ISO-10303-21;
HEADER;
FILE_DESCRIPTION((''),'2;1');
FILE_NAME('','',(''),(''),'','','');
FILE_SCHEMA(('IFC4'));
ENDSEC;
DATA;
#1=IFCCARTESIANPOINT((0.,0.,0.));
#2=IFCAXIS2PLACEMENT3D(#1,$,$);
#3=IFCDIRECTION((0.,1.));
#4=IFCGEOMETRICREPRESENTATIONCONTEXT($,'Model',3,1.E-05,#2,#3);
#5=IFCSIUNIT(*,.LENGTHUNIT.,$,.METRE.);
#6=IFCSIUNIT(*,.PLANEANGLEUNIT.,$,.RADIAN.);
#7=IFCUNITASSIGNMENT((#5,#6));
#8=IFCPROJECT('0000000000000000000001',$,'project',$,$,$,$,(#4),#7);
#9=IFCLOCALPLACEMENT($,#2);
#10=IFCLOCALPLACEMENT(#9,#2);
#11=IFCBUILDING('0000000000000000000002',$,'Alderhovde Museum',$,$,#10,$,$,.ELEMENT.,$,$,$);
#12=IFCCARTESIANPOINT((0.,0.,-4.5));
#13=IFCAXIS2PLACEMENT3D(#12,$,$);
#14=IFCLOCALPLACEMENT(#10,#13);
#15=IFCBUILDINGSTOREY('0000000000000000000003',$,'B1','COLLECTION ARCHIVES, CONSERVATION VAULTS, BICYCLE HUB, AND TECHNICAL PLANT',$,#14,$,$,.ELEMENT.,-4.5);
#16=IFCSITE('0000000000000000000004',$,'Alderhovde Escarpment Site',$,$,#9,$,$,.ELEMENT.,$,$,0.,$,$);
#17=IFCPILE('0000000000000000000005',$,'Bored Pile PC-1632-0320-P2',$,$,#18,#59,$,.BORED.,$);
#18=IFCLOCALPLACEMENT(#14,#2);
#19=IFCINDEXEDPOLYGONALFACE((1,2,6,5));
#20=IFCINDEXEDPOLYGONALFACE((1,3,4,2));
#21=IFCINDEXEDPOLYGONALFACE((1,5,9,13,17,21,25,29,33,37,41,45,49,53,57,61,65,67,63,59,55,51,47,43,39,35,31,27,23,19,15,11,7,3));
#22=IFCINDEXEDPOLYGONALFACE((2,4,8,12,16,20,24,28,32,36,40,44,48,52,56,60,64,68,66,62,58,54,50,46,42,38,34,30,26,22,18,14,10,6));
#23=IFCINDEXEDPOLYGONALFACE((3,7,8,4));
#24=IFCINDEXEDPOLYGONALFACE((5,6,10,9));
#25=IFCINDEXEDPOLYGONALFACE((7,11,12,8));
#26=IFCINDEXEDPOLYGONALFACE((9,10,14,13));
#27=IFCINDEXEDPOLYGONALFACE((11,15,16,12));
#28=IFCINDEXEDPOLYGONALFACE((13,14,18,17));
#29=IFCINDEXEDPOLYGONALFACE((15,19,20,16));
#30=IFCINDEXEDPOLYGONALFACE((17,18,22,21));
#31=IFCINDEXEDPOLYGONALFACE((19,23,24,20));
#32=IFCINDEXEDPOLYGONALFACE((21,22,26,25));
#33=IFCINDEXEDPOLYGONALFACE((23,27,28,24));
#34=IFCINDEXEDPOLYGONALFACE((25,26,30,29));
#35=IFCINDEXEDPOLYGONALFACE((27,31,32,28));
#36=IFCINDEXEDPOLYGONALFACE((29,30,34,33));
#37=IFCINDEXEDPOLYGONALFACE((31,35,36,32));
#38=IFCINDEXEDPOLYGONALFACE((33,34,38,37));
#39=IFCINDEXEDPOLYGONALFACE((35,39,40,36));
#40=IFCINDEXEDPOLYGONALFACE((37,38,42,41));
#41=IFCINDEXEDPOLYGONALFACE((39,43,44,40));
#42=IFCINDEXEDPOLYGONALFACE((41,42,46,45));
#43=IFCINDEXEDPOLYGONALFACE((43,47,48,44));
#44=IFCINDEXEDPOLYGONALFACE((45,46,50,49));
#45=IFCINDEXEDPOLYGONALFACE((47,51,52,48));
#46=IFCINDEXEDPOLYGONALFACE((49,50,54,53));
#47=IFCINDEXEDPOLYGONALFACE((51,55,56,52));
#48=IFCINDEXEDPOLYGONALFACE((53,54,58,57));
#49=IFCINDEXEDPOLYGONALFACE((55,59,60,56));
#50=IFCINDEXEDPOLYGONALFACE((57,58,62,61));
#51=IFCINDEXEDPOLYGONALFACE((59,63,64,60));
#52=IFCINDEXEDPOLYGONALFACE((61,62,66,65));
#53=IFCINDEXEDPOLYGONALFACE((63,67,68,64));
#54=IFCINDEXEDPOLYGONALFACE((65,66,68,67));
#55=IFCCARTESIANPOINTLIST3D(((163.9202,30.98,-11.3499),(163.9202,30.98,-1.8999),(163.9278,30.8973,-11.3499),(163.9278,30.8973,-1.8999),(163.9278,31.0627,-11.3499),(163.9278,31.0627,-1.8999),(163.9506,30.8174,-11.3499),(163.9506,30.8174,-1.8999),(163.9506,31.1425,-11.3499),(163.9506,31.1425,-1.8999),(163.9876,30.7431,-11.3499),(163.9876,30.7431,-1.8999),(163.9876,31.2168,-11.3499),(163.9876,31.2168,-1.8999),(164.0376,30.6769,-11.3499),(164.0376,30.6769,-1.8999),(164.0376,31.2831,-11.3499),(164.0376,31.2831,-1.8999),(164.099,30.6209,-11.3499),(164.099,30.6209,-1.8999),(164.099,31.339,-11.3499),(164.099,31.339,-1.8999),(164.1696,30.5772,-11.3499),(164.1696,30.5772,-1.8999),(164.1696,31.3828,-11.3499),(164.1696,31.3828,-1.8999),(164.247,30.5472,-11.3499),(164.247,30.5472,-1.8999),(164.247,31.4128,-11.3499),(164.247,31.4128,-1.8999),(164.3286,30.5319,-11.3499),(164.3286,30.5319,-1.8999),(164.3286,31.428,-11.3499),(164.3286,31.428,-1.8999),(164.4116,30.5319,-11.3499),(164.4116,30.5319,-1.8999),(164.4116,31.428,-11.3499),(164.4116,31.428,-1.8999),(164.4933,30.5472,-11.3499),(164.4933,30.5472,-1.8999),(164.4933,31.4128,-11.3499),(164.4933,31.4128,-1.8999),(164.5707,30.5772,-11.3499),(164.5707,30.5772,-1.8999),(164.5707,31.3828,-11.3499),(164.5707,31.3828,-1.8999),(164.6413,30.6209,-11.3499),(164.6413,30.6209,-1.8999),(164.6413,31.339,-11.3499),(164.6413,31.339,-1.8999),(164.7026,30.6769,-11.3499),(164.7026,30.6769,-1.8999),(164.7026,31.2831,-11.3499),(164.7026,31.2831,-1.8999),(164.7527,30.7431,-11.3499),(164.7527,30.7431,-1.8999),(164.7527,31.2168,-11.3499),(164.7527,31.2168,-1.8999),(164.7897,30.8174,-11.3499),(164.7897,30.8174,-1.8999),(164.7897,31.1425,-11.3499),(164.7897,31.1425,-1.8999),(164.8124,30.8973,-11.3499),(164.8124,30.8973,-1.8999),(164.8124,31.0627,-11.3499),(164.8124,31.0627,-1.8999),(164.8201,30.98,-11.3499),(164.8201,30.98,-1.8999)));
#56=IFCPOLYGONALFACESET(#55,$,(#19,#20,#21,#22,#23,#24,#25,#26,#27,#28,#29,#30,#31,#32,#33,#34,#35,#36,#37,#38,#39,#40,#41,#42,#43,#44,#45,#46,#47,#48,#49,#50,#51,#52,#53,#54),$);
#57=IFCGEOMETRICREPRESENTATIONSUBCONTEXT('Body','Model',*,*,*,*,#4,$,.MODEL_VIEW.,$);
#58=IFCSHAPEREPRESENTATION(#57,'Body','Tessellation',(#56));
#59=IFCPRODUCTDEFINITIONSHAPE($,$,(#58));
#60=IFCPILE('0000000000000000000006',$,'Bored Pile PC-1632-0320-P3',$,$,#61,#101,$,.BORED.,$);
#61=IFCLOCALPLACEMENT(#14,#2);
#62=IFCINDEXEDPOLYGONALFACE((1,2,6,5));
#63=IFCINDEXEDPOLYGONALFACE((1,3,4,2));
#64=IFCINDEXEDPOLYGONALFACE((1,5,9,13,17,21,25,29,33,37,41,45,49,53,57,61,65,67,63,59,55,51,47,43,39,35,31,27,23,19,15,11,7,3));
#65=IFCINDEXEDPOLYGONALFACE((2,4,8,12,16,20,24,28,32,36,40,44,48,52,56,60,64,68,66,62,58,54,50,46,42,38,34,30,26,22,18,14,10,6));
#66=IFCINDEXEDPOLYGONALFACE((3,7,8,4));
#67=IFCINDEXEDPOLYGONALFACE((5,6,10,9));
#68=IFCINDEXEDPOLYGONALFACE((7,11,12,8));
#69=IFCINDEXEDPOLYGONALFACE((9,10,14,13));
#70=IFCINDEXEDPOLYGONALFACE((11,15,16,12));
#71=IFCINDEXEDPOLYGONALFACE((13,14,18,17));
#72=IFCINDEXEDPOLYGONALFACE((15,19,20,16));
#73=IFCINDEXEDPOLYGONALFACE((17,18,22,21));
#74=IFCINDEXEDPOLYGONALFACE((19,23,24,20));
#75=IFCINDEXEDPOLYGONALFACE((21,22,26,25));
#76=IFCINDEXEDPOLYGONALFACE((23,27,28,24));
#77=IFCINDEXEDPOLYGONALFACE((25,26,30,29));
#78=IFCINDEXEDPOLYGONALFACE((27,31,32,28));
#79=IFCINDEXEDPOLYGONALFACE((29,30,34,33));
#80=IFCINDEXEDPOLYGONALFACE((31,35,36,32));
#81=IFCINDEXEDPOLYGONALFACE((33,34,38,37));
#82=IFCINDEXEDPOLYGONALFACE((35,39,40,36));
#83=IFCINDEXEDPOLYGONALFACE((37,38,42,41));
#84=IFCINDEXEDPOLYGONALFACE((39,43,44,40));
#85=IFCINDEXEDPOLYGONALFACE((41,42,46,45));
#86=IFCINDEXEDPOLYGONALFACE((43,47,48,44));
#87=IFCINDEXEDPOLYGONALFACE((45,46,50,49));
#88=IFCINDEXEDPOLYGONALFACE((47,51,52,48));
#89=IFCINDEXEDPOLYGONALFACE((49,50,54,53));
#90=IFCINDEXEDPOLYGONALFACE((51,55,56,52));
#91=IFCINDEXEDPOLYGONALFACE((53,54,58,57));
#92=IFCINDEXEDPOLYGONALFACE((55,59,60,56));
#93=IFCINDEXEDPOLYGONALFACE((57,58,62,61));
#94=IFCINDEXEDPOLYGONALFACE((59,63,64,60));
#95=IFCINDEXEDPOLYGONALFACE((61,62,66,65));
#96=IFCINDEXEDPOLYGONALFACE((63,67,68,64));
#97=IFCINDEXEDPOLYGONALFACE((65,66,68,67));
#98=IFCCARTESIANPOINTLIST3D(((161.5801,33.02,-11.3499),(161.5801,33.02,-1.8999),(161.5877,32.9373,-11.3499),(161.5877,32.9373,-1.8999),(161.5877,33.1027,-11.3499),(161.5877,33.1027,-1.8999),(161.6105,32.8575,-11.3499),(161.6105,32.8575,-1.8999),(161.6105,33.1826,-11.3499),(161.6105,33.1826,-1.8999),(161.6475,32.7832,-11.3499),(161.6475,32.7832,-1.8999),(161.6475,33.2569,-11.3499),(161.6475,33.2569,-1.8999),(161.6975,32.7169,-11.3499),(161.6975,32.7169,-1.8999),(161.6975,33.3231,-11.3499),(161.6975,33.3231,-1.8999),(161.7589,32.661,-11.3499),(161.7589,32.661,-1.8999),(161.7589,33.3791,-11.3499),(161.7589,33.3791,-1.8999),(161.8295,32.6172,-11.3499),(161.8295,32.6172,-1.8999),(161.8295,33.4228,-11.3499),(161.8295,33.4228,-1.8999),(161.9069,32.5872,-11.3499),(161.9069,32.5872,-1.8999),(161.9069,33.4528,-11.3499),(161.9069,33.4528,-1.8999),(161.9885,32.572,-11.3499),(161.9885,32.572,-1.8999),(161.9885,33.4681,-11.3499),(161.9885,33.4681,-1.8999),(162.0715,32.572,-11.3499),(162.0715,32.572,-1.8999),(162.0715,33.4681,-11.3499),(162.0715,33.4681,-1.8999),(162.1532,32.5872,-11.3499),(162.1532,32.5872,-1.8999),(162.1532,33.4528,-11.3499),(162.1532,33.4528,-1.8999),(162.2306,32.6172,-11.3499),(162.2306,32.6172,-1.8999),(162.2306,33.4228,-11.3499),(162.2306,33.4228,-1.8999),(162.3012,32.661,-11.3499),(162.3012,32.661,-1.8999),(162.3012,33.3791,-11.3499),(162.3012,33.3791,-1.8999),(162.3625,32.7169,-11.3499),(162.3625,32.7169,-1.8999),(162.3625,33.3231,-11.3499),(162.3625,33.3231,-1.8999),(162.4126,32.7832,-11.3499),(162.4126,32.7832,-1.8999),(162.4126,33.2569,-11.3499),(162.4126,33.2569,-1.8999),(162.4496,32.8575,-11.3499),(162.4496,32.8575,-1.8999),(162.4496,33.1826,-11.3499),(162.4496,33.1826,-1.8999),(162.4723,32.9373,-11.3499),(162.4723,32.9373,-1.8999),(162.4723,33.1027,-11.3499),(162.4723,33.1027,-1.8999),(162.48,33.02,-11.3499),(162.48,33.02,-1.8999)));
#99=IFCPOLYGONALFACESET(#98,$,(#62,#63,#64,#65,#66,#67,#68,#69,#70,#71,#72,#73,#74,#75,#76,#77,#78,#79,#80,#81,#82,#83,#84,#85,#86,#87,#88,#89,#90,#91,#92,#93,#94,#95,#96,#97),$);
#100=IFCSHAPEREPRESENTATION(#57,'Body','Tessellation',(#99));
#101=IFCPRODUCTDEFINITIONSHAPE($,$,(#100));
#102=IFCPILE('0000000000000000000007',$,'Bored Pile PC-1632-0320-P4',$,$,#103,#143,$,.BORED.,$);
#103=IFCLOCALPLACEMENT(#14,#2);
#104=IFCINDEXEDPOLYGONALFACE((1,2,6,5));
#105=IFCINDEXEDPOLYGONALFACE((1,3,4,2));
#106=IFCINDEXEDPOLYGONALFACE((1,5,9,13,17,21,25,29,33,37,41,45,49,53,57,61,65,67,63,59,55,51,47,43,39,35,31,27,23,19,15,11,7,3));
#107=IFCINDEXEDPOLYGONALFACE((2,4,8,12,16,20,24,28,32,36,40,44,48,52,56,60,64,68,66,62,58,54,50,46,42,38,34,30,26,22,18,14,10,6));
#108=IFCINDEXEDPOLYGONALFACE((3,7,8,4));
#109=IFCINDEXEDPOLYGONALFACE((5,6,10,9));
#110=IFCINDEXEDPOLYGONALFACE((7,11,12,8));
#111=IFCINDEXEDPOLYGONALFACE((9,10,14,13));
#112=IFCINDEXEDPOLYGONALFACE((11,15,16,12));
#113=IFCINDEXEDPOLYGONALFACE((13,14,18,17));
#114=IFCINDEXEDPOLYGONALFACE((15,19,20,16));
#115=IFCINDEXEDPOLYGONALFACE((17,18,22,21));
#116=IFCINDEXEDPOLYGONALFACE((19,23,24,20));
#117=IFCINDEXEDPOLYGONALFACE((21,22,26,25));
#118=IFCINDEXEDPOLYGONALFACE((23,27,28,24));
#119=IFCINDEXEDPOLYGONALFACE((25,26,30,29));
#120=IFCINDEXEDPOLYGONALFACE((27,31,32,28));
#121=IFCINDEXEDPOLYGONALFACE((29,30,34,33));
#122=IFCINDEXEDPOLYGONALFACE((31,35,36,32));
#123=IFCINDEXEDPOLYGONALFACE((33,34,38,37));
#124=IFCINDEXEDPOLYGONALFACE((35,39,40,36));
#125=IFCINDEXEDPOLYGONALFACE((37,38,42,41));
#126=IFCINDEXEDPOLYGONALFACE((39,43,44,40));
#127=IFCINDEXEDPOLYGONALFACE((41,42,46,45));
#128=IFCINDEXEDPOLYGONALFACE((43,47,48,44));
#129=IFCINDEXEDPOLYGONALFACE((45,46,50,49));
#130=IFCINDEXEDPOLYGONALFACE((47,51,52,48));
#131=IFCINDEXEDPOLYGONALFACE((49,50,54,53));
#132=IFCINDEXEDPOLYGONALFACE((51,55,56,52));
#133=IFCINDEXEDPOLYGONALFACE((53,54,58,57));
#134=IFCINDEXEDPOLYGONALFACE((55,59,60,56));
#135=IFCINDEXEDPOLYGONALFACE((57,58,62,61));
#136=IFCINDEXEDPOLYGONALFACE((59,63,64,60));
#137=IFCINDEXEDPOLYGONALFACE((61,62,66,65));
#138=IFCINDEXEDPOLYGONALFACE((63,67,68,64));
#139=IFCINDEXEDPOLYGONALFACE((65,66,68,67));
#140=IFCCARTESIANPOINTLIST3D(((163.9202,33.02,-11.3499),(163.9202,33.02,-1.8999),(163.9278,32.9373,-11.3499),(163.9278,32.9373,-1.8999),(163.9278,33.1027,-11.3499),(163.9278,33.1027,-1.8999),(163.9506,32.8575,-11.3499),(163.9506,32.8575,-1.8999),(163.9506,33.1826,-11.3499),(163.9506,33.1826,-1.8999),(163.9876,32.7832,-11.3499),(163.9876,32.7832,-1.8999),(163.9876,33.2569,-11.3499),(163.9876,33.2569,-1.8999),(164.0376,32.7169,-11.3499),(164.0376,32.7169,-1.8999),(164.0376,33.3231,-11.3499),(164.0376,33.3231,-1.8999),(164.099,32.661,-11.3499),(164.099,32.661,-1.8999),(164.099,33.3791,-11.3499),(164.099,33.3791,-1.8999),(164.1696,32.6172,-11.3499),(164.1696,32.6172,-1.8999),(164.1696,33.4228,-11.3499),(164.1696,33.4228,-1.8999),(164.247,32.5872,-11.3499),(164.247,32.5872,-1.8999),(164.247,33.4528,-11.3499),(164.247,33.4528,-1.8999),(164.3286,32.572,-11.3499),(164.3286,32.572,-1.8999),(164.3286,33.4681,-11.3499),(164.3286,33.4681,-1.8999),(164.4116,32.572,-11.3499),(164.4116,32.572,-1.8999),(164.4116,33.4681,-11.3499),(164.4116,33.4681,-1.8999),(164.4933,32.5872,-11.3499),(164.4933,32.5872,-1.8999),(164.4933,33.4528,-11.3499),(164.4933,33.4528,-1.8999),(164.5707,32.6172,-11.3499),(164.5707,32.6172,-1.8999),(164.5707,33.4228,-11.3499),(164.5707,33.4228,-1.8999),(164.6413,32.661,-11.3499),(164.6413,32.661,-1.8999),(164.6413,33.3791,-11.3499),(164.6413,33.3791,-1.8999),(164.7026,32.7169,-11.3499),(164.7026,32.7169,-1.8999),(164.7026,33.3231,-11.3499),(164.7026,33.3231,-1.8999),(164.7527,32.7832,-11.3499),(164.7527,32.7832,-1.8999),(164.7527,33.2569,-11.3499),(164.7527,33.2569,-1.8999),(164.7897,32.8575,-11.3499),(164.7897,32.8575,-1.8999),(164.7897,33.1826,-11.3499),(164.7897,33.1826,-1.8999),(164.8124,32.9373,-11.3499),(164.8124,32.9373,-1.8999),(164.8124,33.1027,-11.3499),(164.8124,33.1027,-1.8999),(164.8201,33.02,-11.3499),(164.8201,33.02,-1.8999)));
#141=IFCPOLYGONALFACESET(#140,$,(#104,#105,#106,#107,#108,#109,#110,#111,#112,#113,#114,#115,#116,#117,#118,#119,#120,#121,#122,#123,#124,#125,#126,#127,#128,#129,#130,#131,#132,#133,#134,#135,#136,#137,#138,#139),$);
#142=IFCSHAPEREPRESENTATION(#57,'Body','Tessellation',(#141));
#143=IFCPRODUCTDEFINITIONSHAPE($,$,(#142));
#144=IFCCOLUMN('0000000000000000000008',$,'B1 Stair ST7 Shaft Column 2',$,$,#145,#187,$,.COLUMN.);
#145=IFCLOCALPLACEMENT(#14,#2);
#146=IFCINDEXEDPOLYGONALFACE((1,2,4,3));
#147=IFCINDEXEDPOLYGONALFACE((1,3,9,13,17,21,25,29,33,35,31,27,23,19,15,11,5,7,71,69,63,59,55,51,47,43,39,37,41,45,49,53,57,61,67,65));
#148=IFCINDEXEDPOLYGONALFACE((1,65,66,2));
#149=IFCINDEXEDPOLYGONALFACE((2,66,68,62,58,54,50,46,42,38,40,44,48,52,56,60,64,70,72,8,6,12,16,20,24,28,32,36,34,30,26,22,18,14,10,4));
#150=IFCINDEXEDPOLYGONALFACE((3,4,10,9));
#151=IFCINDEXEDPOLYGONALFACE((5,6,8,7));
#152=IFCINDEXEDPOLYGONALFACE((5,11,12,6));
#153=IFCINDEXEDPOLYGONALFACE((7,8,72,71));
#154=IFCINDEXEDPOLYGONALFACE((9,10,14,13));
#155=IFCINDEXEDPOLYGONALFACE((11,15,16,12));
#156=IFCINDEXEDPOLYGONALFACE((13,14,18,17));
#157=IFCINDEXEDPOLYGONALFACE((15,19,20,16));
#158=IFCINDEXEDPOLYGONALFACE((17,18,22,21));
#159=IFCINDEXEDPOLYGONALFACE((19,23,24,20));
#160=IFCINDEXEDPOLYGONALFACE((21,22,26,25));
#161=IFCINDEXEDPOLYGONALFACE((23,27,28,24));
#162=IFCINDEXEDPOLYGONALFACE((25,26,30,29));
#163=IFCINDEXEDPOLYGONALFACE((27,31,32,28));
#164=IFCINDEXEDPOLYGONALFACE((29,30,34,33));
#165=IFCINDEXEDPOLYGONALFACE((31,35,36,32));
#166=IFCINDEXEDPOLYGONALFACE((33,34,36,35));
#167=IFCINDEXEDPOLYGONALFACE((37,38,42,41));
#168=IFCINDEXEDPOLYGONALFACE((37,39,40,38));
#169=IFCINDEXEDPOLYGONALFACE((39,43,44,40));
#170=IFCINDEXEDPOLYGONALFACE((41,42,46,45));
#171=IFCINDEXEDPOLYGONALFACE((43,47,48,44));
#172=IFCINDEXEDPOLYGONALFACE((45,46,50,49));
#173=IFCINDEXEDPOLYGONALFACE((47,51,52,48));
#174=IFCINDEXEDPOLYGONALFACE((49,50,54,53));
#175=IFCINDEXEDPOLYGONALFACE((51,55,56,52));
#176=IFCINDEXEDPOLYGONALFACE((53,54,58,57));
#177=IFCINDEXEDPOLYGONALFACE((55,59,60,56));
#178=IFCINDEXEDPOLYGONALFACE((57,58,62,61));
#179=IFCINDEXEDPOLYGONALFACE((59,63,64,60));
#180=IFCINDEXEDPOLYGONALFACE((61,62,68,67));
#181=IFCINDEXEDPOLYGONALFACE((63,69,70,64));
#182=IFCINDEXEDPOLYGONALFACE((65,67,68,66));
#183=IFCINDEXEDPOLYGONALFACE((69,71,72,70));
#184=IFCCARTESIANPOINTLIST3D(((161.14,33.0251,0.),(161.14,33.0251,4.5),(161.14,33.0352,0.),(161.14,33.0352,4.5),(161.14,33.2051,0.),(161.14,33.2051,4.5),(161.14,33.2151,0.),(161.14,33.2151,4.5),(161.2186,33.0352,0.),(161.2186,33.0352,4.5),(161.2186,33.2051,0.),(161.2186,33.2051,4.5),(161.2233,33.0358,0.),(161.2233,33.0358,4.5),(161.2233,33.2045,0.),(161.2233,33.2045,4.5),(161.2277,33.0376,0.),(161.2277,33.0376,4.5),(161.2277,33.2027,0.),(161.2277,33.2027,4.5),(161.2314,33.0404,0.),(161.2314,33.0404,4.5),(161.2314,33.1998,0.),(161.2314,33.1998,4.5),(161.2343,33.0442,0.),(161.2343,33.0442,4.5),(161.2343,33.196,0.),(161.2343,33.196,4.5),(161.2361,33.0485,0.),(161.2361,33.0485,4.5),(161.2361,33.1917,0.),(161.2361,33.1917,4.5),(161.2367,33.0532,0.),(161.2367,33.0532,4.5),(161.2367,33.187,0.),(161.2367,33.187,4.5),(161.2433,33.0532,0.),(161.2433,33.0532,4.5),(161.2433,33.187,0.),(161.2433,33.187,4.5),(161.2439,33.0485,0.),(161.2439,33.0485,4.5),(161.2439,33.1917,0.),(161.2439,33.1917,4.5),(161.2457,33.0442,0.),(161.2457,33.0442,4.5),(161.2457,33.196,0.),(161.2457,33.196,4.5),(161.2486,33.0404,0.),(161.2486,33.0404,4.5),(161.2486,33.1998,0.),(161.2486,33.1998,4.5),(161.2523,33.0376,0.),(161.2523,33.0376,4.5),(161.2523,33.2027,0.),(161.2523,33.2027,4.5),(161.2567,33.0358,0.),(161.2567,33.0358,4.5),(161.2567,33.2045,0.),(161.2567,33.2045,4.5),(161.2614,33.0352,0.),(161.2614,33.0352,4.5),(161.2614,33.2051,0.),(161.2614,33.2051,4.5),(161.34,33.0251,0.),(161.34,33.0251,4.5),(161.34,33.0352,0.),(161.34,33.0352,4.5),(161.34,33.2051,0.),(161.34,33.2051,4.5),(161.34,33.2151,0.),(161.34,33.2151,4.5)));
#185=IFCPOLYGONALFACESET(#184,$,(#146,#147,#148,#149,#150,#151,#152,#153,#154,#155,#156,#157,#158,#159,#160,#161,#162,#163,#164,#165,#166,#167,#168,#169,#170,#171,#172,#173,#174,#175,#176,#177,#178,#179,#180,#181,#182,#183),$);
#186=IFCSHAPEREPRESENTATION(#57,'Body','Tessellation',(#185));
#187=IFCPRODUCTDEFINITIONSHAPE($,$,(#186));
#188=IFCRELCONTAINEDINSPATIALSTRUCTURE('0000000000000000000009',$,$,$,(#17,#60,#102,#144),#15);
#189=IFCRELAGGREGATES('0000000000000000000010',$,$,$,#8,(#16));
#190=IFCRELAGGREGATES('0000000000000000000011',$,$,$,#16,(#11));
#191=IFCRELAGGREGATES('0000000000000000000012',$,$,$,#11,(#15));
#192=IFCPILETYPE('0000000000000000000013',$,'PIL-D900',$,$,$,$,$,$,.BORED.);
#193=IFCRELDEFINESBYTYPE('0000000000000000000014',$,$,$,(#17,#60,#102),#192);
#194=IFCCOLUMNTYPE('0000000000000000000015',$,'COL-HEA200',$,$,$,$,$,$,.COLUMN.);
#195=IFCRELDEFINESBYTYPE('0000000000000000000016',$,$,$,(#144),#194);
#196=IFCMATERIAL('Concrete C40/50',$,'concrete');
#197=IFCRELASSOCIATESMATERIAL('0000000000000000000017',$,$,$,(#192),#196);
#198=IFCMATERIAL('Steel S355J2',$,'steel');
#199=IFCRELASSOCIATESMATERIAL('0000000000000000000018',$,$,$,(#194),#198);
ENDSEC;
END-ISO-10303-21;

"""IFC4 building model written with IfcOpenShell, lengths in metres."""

from ifc_helpers import new_model, si_unit, direction, frame, origin, origin_2d, place, context, subcontext, project, spatial, circle, i_section, extrude, material, material_profile, profile_set, type_object, element, save


model = new_model("IFC4")

# Units and contexts
model_context = context("Model", 3, precision=1e-05, world=origin(), true_north=direction((0.0, 1.0)))
body_context = subcontext(model_context, "Body", "Model", "MODEL_VIEW")
ifc_project = project(units=[si_unit("LENGTHUNIT", "METRE"), si_unit("PLANEANGLEUNIT", "RADIAN")], contexts=[model_context])

# Site, building, storey
site_placement = place(None, origin())
site = spatial("IfcSite", under=ifc_project, at=site_placement, Name="Alderhovde Escarpment Site", CompositionType="ELEMENT", RefElevation=0.0)
building_placement = place(site_placement, origin())
building = spatial("IfcBuilding", under=site, at=building_placement, Name="Alderhovde Museum", CompositionType="ELEMENT")
storey_placement = place(building_placement, frame((0.0, 0.0, -4.5)))
storey = spatial("IfcBuildingStorey", under=building, at=storey_placement, Name="B1", Description="COLLECTION ARCHIVES, CONSERVATION VAULTS, BICYCLE HUB, AND TECHNICAL PLANT", CompositionType="ELEMENT", Elevation=-4.5)

# Piles
ifc_material_1 = material(Name="Concrete C40/50", Category="concrete")
ifc_material_profile_1 = material_profile(ifc_material_1, circle(Radius=0.45, at=origin_2d()), Name="PILE-D900")
ifc_profile_set_1 = profile_set([ifc_material_profile_1], Name="Concrete C40/50")
pile_type_1 = type_object("IfcPileType", Name="PIL-D900", PredefinedType="BORED", material=ifc_profile_set_1)
for number, where, z_axis, x_axis, name in (
    (1, (164.3701, 30.98, -1.8999), (0.0, 0.0, -1.0), (1.0, 0.0, 0.0), "Bored Pile PC-1632-0320-P2"),
    (2, (162.03, 33.02, -1.8999), (0.0, 0.0, -1.0), (1.0, 0.0, 0.0), "Bored Pile PC-1632-0320-P3"),
    (3, (164.3701, 33.02, -1.8999), (0.0, 0.0, -1.0), (1.0, 0.0, 0.0), "Bored Pile PC-1632-0320-P4"),
):
    element("IfcPile", number, at=place(storey_placement, frame(where, z_axis=z_axis, x_axis=x_axis)), inside=storey, type_object=pile_type_1, Name=name, PredefinedType="BORED", context=body_context, shape_type="SweptSolid", body=[
        extrude(circle(Radius=0.45, at=origin_2d()), origin(), (0.0, 0.0, 1.0), 9.45),
    ])

# Column
ifc_material_2 = material(Name="Steel S355J2", Category="steel")
ifc_material_profile_2 = material_profile(ifc_material_2, i_section(OverallWidth=0.2, OverallDepth=0.1899, WebThickness=0.0066, FlangeThickness=0.01, FilletRadius=0.0181, at=origin_2d()), Name="HEA 200")
ifc_profile_set_2 = profile_set([ifc_material_profile_2], Name="Steel S355J2")
column_type_1 = type_object("IfcColumnType", Name="COL-HEA200", PredefinedType="COLUMN", material=ifc_profile_set_2)
for number, where, z_axis, x_axis, name in (
    (4, (161.24, 33.1201, 0.0), (0.0, 0.0, 1.0), (1.0, 0.0, 0.0), "B1 Stair ST7 Shaft Column 2"),
):
    element("IfcColumn", number, at=place(storey_placement, frame(where, z_axis=z_axis, x_axis=x_axis)), inside=storey, type_object=column_type_1, Name=name, PredefinedType="COLUMN", context=body_context, shape_type="SweptSolid", body=[
        extrude(i_section(OverallWidth=0.2, OverallDepth=0.1899, WebThickness=0.0066, FlangeThickness=0.01, FilletRadius=0.0181, at=origin_2d()), origin(), (0.0, 0.0, 1.0), 4.5),
    ])

save(model, "model.ifc")
